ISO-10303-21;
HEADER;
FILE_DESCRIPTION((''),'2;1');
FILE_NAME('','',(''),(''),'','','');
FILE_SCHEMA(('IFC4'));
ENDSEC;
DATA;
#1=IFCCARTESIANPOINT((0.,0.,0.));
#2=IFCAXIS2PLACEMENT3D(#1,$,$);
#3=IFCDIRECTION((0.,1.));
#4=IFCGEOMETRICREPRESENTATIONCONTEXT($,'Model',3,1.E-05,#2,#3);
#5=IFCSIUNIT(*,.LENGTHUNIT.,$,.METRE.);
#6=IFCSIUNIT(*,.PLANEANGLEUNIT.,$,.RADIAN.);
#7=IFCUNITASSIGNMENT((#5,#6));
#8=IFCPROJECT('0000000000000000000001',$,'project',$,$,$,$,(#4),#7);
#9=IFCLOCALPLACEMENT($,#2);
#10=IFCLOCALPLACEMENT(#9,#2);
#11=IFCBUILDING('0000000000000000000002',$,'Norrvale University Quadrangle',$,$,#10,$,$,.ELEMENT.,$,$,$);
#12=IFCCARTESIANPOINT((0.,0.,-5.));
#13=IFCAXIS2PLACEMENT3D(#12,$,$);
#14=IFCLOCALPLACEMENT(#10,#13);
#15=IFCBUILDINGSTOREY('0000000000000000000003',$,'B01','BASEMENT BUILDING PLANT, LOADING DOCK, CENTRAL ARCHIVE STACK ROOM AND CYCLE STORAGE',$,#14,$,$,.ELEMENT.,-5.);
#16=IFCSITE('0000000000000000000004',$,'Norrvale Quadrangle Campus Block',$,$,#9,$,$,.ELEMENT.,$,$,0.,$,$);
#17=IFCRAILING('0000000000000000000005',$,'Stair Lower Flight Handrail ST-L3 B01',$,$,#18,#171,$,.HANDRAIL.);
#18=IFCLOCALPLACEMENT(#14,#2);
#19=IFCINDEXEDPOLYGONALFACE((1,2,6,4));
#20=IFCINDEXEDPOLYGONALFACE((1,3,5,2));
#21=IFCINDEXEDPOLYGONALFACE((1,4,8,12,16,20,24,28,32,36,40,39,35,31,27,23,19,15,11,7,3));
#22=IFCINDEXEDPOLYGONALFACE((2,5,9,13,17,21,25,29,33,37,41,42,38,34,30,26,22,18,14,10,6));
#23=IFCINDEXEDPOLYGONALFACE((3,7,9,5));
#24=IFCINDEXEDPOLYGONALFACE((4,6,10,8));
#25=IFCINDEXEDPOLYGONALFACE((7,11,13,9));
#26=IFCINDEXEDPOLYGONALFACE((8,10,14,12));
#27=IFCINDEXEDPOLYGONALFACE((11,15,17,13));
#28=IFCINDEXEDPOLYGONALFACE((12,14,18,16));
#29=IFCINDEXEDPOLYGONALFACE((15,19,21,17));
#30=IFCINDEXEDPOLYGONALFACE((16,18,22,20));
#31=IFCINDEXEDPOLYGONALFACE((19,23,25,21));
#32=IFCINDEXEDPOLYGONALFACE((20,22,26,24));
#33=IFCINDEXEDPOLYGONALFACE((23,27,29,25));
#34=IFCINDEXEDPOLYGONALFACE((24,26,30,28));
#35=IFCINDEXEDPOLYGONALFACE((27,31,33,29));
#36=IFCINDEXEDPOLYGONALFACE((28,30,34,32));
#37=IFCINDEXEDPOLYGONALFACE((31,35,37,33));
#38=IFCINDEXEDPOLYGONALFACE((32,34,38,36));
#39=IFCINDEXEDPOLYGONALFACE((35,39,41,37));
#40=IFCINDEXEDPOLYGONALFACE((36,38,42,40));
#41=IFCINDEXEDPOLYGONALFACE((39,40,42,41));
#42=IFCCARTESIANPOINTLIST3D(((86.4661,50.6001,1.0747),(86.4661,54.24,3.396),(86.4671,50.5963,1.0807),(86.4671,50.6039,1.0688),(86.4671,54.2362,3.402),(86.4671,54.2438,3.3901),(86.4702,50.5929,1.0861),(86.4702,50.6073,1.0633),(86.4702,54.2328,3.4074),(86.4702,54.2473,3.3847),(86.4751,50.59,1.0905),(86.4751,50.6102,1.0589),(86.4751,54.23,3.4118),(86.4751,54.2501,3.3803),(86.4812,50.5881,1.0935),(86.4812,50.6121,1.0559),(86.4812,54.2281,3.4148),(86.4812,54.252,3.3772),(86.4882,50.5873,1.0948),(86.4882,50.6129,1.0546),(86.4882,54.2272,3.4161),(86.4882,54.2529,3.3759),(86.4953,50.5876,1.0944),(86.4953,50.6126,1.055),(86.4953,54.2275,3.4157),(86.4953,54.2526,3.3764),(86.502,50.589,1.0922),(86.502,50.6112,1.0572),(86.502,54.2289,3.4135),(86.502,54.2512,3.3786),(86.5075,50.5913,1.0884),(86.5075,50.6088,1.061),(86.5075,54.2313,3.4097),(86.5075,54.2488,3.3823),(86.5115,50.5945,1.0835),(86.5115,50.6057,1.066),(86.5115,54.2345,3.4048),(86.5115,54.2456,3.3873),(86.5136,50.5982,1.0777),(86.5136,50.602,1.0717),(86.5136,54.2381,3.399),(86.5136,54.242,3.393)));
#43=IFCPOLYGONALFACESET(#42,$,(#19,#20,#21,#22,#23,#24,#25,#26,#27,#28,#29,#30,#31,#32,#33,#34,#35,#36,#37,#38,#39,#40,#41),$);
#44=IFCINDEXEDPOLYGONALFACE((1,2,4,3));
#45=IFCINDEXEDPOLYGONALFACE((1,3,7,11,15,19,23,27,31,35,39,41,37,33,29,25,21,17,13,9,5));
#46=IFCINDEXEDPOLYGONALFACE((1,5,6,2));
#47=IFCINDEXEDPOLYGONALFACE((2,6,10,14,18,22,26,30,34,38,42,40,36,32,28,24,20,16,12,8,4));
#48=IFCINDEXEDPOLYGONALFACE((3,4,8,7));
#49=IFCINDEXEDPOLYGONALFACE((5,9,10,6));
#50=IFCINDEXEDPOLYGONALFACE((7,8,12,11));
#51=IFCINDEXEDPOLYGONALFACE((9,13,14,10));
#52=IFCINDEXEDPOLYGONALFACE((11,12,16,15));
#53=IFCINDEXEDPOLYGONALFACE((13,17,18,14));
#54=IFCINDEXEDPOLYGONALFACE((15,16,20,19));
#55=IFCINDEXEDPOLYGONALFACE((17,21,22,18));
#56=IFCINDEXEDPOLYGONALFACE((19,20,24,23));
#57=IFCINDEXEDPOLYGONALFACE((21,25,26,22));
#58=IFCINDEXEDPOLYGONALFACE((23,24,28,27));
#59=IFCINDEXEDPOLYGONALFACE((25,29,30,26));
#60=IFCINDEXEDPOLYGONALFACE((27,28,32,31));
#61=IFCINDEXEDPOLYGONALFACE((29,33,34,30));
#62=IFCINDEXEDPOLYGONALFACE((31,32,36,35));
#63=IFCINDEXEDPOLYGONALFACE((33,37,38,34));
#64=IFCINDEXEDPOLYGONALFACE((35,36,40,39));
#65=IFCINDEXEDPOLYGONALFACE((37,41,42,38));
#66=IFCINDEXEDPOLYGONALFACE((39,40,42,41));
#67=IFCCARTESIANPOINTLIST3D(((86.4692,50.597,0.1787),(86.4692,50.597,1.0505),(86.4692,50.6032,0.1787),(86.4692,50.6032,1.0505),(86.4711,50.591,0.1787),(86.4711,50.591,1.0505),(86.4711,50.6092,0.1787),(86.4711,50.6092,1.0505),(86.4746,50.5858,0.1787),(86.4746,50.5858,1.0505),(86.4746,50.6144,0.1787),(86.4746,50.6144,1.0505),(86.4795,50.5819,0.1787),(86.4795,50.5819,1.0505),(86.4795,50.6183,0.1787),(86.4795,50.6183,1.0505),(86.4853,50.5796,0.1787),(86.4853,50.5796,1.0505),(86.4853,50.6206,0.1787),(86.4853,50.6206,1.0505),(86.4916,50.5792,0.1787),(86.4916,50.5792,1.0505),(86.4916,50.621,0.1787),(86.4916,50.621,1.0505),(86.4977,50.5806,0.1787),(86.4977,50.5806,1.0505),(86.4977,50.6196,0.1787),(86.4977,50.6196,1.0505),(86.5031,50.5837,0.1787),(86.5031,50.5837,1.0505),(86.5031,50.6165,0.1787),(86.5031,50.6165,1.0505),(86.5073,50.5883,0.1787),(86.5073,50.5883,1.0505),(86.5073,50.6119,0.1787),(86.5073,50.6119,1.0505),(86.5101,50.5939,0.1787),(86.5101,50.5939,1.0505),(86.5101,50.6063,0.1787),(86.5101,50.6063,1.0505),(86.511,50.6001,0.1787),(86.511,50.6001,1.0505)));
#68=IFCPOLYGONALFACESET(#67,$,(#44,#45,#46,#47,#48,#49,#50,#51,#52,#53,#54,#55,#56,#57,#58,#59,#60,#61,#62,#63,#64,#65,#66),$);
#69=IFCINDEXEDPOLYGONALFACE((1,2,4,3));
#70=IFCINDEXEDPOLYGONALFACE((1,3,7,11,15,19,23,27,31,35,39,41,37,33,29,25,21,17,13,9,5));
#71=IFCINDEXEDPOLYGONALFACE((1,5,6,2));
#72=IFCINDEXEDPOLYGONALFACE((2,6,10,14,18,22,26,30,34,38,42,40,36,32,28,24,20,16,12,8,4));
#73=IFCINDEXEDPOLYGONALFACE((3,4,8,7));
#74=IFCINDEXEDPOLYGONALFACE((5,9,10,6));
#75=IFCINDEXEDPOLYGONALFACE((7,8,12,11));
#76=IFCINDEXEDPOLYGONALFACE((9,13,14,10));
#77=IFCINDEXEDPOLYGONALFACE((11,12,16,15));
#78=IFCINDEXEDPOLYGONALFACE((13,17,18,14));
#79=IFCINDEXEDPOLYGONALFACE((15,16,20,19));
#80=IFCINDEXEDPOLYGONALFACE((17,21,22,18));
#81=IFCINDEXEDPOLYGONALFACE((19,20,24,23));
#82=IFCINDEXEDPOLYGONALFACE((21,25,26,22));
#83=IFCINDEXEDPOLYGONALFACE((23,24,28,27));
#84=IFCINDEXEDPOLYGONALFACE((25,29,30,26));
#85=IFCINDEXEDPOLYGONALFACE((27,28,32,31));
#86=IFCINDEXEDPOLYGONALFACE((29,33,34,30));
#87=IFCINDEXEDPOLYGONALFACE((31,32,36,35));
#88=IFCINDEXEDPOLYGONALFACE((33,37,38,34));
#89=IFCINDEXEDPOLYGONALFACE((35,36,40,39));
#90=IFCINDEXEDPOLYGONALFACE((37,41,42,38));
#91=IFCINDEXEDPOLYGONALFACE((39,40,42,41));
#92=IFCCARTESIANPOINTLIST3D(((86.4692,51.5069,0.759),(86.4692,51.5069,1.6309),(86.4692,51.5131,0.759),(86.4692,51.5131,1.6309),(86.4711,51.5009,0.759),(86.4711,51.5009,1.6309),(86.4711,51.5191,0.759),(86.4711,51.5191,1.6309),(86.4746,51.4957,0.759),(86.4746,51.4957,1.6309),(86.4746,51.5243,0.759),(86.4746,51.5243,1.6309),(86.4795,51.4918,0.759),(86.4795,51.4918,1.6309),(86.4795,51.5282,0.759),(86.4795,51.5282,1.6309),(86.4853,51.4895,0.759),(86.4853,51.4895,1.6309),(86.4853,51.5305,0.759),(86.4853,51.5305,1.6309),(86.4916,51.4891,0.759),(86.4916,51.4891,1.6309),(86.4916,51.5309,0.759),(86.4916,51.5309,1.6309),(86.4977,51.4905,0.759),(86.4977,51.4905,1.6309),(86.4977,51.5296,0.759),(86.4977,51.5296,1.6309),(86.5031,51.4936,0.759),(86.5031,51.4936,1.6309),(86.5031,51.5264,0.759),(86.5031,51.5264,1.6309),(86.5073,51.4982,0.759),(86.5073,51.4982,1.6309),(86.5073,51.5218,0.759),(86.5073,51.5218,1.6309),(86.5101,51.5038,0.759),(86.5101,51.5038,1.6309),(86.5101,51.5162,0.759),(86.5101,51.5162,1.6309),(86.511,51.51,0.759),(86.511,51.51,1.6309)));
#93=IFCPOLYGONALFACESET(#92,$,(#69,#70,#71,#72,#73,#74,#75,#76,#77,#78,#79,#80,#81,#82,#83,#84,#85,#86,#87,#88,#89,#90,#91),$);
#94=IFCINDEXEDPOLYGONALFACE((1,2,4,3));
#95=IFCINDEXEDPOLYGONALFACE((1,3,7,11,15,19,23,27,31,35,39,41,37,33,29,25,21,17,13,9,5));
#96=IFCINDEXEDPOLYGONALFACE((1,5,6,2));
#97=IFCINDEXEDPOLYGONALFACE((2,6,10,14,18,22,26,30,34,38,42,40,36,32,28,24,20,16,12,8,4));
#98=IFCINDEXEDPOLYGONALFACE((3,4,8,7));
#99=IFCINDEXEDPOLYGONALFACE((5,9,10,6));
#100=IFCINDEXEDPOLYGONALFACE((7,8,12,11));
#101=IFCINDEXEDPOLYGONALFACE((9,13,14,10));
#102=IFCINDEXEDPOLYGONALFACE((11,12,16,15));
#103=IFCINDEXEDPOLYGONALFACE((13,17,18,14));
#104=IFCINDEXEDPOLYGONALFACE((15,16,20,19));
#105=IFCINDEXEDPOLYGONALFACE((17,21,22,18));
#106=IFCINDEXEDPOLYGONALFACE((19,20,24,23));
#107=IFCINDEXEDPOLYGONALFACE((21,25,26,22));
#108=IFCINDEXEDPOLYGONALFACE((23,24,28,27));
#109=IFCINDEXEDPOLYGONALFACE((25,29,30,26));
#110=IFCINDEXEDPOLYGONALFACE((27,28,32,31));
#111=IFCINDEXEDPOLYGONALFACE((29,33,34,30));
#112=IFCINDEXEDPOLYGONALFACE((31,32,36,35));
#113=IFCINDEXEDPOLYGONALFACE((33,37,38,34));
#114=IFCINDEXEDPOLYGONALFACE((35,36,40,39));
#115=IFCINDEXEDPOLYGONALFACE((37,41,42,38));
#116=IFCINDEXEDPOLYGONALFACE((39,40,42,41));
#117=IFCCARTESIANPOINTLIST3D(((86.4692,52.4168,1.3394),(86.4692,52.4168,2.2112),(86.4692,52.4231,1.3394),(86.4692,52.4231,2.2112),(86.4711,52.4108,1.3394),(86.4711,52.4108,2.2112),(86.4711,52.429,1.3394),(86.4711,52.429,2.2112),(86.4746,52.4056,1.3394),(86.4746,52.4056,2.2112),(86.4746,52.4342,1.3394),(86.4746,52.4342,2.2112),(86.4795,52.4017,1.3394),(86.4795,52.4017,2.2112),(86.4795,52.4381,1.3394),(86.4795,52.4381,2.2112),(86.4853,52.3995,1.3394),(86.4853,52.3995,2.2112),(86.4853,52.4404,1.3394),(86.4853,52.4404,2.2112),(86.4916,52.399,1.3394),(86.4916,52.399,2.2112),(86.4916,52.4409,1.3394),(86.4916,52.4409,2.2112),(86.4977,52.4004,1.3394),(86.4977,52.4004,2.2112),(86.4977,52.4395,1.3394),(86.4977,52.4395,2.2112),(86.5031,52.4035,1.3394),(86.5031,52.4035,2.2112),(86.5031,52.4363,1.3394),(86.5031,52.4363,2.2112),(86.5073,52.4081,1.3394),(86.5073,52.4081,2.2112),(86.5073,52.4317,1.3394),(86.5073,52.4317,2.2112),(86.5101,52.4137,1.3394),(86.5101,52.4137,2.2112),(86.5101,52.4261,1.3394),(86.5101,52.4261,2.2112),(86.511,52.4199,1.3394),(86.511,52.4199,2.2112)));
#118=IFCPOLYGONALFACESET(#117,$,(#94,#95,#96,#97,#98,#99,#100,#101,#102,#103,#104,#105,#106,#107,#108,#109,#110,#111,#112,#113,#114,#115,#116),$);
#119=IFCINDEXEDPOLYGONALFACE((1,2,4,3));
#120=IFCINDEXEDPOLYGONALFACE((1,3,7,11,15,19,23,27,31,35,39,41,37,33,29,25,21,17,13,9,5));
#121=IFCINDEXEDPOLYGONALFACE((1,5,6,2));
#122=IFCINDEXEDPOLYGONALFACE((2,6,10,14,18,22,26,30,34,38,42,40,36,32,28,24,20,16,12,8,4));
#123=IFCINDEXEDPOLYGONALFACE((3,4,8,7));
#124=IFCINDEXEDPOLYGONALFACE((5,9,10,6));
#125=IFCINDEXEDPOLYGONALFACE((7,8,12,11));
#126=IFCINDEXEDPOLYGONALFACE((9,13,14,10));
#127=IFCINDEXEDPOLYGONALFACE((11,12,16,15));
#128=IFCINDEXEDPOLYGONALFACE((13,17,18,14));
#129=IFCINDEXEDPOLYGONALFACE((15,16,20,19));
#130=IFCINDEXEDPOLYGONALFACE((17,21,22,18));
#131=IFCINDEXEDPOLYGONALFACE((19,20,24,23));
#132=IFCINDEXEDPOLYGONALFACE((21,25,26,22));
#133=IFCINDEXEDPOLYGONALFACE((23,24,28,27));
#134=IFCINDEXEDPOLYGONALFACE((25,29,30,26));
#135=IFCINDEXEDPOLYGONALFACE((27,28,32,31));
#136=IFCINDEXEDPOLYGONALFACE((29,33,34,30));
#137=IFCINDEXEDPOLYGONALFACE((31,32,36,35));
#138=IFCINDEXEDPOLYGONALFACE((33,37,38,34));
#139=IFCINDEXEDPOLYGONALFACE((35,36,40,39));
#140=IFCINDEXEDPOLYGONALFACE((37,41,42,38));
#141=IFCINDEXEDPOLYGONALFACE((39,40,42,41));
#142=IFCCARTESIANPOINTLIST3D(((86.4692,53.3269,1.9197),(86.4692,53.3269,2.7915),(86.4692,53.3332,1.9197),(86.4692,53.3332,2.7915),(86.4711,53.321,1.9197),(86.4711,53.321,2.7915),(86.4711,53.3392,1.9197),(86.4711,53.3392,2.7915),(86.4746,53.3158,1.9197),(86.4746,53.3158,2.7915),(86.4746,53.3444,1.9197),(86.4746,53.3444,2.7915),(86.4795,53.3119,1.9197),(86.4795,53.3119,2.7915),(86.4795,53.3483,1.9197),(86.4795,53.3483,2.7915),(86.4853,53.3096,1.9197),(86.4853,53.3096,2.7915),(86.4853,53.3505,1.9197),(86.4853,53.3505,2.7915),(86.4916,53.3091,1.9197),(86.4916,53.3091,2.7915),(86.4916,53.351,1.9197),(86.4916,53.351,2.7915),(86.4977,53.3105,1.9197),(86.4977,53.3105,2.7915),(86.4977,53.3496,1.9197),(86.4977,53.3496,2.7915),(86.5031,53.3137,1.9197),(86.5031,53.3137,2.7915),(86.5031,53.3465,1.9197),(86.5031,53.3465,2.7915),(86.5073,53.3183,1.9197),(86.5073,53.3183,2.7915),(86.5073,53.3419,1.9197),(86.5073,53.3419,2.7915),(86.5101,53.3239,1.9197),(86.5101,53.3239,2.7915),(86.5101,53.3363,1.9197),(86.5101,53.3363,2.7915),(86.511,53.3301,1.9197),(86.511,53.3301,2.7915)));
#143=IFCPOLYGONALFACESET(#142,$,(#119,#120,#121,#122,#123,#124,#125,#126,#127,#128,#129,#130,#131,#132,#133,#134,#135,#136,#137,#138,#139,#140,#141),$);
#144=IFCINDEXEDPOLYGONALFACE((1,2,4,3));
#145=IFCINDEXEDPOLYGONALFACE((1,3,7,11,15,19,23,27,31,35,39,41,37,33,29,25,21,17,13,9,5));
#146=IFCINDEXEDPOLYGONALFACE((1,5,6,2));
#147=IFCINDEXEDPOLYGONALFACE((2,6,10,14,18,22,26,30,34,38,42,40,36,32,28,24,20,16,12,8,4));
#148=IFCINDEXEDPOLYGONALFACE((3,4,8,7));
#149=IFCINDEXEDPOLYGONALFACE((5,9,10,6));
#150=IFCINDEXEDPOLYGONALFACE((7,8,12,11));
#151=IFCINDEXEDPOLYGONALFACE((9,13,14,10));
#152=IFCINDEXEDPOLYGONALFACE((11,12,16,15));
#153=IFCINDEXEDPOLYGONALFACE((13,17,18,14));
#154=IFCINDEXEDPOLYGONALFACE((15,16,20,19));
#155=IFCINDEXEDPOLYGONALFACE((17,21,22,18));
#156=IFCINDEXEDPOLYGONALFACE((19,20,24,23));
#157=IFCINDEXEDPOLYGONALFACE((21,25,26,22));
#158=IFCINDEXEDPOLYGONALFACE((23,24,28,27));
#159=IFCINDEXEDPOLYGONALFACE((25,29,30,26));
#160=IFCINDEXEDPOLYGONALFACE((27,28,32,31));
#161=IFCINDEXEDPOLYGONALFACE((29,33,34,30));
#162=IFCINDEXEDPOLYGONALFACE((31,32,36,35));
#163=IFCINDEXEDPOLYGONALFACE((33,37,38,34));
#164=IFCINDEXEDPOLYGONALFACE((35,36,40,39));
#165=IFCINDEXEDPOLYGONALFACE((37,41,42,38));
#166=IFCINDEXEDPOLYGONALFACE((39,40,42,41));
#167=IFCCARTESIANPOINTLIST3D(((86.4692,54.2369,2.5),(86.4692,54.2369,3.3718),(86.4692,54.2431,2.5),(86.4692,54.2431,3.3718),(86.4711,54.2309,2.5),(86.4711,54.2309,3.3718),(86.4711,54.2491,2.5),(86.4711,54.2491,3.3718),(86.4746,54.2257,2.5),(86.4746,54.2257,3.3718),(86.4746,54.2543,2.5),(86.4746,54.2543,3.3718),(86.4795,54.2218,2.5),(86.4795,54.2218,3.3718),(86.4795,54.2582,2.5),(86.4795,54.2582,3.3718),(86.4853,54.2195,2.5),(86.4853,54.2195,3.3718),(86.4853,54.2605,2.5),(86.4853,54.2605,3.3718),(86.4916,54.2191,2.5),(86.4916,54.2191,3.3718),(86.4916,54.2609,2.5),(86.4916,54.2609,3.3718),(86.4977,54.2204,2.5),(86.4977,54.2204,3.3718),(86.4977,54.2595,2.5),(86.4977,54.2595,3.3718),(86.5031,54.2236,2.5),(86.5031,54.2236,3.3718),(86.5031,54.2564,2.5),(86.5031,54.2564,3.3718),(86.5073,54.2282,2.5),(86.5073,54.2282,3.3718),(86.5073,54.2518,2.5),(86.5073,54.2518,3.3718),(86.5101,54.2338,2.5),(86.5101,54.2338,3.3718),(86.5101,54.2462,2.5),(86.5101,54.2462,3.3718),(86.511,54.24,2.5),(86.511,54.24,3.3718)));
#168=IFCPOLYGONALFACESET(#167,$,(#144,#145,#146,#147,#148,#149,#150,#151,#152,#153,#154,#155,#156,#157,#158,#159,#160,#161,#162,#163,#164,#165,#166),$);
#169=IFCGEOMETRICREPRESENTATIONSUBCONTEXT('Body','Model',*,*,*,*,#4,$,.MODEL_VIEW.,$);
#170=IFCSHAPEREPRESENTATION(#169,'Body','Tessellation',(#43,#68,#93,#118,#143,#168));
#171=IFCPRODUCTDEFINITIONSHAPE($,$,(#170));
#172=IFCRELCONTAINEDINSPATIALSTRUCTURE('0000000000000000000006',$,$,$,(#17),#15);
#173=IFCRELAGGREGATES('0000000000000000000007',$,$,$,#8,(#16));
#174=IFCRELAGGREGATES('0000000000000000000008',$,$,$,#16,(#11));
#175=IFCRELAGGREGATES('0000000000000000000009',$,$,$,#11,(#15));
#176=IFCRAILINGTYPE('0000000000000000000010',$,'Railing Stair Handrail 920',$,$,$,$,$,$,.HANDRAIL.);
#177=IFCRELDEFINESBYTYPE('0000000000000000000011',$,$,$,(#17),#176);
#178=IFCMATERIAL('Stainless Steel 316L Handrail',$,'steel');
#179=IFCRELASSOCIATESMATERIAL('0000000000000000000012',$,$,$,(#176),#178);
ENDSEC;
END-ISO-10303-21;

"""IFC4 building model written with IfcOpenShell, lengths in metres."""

from ifc_helpers import new_model, si_unit, direction, frame, origin, origin_2d, place, context, subcontext, project, spatial, circle, extrude, material, type_object, element, save


model = new_model("IFC4")

# Units and contexts
model_context = context("Model", 3, precision=1e-05, world=origin(), true_north=direction((0.0, 1.0)))
body_context = subcontext(model_context, "Body", "Model", "MODEL_VIEW")
ifc_project = project(units=[si_unit("LENGTHUNIT", "METRE"), si_unit("PLANEANGLEUNIT", "RADIAN")], contexts=[model_context])

# Site, building, storey
site_placement = place(None, origin())
site = spatial("IfcSite", under=ifc_project, at=site_placement, Name="Norrvale Quadrangle Campus Block", CompositionType="ELEMENT", RefElevation=0.0)
building_placement = place(site_placement, origin())
building = spatial("IfcBuilding", under=site, at=building_placement, Name="Norrvale University Quadrangle", CompositionType="ELEMENT")
storey_placement = place(building_placement, frame((0.0, 0.0, -5.0)))
storey = spatial("IfcBuildingStorey", under=building, at=storey_placement, Name="B01", Description="BASEMENT BUILDING PLANT, LOADING DOCK, CENTRAL ARCHIVE STACK ROOM AND CYCLE STORAGE", CompositionType="ELEMENT", Elevation=-5.0)

# Railing
ifc_material_1 = material(Name="Stainless Steel 316L Handrail", Category="steel")
railing_type_1 = type_object("IfcRailingType", Name="Railing Stair Handrail 920", PredefinedType="HANDRAIL", material=ifc_material_1)
railing_1_placement = place(storey_placement, frame((86.49, 50.6001, 0.1787)))
element("IfcRailing", 1, at=railing_1_placement, inside=storey, type_object=railing_type_1, Name="Stair Lower Flight Handrail ST-L3 B01", PredefinedType="HANDRAIL", context=body_context, shape_type="SweptSolid", body=[
    extrude(circle(Radius=0.0239, at=origin_2d()), frame((0.0, 0.0, 0.896), z_axis=(0.0, 0.843137, 0.537699), x_axis=(-1.0, 0.0, 0.0)), (0.0, 0.0, 1.0), 4.3171),
    extrude(circle(Radius=0.021, at=origin_2d()), origin(), (0.0, 0.0, 1.0), 0.8718),
    extrude(circle(Radius=0.021, at=origin_2d()), frame((0.0, 0.9099, 0.5803)), (0.0, 0.0, 1.0), 0.8718),
    extrude(circle(Radius=0.021, at=origin_2d()), frame((0.0, 1.8198, 1.1606)), (0.0, 0.0, 1.0), 0.8718),
    extrude(circle(Radius=0.021, at=origin_2d()), frame((0.0, 2.73, 1.741)), (0.0, 0.0, 1.0), 0.8718),
    extrude(circle(Radius=0.021, at=origin_2d()), frame((0.0, 3.6399, 2.3213)), (0.0, 0.0, 1.0), 0.8718),
])

save(model, "model.ifc")
